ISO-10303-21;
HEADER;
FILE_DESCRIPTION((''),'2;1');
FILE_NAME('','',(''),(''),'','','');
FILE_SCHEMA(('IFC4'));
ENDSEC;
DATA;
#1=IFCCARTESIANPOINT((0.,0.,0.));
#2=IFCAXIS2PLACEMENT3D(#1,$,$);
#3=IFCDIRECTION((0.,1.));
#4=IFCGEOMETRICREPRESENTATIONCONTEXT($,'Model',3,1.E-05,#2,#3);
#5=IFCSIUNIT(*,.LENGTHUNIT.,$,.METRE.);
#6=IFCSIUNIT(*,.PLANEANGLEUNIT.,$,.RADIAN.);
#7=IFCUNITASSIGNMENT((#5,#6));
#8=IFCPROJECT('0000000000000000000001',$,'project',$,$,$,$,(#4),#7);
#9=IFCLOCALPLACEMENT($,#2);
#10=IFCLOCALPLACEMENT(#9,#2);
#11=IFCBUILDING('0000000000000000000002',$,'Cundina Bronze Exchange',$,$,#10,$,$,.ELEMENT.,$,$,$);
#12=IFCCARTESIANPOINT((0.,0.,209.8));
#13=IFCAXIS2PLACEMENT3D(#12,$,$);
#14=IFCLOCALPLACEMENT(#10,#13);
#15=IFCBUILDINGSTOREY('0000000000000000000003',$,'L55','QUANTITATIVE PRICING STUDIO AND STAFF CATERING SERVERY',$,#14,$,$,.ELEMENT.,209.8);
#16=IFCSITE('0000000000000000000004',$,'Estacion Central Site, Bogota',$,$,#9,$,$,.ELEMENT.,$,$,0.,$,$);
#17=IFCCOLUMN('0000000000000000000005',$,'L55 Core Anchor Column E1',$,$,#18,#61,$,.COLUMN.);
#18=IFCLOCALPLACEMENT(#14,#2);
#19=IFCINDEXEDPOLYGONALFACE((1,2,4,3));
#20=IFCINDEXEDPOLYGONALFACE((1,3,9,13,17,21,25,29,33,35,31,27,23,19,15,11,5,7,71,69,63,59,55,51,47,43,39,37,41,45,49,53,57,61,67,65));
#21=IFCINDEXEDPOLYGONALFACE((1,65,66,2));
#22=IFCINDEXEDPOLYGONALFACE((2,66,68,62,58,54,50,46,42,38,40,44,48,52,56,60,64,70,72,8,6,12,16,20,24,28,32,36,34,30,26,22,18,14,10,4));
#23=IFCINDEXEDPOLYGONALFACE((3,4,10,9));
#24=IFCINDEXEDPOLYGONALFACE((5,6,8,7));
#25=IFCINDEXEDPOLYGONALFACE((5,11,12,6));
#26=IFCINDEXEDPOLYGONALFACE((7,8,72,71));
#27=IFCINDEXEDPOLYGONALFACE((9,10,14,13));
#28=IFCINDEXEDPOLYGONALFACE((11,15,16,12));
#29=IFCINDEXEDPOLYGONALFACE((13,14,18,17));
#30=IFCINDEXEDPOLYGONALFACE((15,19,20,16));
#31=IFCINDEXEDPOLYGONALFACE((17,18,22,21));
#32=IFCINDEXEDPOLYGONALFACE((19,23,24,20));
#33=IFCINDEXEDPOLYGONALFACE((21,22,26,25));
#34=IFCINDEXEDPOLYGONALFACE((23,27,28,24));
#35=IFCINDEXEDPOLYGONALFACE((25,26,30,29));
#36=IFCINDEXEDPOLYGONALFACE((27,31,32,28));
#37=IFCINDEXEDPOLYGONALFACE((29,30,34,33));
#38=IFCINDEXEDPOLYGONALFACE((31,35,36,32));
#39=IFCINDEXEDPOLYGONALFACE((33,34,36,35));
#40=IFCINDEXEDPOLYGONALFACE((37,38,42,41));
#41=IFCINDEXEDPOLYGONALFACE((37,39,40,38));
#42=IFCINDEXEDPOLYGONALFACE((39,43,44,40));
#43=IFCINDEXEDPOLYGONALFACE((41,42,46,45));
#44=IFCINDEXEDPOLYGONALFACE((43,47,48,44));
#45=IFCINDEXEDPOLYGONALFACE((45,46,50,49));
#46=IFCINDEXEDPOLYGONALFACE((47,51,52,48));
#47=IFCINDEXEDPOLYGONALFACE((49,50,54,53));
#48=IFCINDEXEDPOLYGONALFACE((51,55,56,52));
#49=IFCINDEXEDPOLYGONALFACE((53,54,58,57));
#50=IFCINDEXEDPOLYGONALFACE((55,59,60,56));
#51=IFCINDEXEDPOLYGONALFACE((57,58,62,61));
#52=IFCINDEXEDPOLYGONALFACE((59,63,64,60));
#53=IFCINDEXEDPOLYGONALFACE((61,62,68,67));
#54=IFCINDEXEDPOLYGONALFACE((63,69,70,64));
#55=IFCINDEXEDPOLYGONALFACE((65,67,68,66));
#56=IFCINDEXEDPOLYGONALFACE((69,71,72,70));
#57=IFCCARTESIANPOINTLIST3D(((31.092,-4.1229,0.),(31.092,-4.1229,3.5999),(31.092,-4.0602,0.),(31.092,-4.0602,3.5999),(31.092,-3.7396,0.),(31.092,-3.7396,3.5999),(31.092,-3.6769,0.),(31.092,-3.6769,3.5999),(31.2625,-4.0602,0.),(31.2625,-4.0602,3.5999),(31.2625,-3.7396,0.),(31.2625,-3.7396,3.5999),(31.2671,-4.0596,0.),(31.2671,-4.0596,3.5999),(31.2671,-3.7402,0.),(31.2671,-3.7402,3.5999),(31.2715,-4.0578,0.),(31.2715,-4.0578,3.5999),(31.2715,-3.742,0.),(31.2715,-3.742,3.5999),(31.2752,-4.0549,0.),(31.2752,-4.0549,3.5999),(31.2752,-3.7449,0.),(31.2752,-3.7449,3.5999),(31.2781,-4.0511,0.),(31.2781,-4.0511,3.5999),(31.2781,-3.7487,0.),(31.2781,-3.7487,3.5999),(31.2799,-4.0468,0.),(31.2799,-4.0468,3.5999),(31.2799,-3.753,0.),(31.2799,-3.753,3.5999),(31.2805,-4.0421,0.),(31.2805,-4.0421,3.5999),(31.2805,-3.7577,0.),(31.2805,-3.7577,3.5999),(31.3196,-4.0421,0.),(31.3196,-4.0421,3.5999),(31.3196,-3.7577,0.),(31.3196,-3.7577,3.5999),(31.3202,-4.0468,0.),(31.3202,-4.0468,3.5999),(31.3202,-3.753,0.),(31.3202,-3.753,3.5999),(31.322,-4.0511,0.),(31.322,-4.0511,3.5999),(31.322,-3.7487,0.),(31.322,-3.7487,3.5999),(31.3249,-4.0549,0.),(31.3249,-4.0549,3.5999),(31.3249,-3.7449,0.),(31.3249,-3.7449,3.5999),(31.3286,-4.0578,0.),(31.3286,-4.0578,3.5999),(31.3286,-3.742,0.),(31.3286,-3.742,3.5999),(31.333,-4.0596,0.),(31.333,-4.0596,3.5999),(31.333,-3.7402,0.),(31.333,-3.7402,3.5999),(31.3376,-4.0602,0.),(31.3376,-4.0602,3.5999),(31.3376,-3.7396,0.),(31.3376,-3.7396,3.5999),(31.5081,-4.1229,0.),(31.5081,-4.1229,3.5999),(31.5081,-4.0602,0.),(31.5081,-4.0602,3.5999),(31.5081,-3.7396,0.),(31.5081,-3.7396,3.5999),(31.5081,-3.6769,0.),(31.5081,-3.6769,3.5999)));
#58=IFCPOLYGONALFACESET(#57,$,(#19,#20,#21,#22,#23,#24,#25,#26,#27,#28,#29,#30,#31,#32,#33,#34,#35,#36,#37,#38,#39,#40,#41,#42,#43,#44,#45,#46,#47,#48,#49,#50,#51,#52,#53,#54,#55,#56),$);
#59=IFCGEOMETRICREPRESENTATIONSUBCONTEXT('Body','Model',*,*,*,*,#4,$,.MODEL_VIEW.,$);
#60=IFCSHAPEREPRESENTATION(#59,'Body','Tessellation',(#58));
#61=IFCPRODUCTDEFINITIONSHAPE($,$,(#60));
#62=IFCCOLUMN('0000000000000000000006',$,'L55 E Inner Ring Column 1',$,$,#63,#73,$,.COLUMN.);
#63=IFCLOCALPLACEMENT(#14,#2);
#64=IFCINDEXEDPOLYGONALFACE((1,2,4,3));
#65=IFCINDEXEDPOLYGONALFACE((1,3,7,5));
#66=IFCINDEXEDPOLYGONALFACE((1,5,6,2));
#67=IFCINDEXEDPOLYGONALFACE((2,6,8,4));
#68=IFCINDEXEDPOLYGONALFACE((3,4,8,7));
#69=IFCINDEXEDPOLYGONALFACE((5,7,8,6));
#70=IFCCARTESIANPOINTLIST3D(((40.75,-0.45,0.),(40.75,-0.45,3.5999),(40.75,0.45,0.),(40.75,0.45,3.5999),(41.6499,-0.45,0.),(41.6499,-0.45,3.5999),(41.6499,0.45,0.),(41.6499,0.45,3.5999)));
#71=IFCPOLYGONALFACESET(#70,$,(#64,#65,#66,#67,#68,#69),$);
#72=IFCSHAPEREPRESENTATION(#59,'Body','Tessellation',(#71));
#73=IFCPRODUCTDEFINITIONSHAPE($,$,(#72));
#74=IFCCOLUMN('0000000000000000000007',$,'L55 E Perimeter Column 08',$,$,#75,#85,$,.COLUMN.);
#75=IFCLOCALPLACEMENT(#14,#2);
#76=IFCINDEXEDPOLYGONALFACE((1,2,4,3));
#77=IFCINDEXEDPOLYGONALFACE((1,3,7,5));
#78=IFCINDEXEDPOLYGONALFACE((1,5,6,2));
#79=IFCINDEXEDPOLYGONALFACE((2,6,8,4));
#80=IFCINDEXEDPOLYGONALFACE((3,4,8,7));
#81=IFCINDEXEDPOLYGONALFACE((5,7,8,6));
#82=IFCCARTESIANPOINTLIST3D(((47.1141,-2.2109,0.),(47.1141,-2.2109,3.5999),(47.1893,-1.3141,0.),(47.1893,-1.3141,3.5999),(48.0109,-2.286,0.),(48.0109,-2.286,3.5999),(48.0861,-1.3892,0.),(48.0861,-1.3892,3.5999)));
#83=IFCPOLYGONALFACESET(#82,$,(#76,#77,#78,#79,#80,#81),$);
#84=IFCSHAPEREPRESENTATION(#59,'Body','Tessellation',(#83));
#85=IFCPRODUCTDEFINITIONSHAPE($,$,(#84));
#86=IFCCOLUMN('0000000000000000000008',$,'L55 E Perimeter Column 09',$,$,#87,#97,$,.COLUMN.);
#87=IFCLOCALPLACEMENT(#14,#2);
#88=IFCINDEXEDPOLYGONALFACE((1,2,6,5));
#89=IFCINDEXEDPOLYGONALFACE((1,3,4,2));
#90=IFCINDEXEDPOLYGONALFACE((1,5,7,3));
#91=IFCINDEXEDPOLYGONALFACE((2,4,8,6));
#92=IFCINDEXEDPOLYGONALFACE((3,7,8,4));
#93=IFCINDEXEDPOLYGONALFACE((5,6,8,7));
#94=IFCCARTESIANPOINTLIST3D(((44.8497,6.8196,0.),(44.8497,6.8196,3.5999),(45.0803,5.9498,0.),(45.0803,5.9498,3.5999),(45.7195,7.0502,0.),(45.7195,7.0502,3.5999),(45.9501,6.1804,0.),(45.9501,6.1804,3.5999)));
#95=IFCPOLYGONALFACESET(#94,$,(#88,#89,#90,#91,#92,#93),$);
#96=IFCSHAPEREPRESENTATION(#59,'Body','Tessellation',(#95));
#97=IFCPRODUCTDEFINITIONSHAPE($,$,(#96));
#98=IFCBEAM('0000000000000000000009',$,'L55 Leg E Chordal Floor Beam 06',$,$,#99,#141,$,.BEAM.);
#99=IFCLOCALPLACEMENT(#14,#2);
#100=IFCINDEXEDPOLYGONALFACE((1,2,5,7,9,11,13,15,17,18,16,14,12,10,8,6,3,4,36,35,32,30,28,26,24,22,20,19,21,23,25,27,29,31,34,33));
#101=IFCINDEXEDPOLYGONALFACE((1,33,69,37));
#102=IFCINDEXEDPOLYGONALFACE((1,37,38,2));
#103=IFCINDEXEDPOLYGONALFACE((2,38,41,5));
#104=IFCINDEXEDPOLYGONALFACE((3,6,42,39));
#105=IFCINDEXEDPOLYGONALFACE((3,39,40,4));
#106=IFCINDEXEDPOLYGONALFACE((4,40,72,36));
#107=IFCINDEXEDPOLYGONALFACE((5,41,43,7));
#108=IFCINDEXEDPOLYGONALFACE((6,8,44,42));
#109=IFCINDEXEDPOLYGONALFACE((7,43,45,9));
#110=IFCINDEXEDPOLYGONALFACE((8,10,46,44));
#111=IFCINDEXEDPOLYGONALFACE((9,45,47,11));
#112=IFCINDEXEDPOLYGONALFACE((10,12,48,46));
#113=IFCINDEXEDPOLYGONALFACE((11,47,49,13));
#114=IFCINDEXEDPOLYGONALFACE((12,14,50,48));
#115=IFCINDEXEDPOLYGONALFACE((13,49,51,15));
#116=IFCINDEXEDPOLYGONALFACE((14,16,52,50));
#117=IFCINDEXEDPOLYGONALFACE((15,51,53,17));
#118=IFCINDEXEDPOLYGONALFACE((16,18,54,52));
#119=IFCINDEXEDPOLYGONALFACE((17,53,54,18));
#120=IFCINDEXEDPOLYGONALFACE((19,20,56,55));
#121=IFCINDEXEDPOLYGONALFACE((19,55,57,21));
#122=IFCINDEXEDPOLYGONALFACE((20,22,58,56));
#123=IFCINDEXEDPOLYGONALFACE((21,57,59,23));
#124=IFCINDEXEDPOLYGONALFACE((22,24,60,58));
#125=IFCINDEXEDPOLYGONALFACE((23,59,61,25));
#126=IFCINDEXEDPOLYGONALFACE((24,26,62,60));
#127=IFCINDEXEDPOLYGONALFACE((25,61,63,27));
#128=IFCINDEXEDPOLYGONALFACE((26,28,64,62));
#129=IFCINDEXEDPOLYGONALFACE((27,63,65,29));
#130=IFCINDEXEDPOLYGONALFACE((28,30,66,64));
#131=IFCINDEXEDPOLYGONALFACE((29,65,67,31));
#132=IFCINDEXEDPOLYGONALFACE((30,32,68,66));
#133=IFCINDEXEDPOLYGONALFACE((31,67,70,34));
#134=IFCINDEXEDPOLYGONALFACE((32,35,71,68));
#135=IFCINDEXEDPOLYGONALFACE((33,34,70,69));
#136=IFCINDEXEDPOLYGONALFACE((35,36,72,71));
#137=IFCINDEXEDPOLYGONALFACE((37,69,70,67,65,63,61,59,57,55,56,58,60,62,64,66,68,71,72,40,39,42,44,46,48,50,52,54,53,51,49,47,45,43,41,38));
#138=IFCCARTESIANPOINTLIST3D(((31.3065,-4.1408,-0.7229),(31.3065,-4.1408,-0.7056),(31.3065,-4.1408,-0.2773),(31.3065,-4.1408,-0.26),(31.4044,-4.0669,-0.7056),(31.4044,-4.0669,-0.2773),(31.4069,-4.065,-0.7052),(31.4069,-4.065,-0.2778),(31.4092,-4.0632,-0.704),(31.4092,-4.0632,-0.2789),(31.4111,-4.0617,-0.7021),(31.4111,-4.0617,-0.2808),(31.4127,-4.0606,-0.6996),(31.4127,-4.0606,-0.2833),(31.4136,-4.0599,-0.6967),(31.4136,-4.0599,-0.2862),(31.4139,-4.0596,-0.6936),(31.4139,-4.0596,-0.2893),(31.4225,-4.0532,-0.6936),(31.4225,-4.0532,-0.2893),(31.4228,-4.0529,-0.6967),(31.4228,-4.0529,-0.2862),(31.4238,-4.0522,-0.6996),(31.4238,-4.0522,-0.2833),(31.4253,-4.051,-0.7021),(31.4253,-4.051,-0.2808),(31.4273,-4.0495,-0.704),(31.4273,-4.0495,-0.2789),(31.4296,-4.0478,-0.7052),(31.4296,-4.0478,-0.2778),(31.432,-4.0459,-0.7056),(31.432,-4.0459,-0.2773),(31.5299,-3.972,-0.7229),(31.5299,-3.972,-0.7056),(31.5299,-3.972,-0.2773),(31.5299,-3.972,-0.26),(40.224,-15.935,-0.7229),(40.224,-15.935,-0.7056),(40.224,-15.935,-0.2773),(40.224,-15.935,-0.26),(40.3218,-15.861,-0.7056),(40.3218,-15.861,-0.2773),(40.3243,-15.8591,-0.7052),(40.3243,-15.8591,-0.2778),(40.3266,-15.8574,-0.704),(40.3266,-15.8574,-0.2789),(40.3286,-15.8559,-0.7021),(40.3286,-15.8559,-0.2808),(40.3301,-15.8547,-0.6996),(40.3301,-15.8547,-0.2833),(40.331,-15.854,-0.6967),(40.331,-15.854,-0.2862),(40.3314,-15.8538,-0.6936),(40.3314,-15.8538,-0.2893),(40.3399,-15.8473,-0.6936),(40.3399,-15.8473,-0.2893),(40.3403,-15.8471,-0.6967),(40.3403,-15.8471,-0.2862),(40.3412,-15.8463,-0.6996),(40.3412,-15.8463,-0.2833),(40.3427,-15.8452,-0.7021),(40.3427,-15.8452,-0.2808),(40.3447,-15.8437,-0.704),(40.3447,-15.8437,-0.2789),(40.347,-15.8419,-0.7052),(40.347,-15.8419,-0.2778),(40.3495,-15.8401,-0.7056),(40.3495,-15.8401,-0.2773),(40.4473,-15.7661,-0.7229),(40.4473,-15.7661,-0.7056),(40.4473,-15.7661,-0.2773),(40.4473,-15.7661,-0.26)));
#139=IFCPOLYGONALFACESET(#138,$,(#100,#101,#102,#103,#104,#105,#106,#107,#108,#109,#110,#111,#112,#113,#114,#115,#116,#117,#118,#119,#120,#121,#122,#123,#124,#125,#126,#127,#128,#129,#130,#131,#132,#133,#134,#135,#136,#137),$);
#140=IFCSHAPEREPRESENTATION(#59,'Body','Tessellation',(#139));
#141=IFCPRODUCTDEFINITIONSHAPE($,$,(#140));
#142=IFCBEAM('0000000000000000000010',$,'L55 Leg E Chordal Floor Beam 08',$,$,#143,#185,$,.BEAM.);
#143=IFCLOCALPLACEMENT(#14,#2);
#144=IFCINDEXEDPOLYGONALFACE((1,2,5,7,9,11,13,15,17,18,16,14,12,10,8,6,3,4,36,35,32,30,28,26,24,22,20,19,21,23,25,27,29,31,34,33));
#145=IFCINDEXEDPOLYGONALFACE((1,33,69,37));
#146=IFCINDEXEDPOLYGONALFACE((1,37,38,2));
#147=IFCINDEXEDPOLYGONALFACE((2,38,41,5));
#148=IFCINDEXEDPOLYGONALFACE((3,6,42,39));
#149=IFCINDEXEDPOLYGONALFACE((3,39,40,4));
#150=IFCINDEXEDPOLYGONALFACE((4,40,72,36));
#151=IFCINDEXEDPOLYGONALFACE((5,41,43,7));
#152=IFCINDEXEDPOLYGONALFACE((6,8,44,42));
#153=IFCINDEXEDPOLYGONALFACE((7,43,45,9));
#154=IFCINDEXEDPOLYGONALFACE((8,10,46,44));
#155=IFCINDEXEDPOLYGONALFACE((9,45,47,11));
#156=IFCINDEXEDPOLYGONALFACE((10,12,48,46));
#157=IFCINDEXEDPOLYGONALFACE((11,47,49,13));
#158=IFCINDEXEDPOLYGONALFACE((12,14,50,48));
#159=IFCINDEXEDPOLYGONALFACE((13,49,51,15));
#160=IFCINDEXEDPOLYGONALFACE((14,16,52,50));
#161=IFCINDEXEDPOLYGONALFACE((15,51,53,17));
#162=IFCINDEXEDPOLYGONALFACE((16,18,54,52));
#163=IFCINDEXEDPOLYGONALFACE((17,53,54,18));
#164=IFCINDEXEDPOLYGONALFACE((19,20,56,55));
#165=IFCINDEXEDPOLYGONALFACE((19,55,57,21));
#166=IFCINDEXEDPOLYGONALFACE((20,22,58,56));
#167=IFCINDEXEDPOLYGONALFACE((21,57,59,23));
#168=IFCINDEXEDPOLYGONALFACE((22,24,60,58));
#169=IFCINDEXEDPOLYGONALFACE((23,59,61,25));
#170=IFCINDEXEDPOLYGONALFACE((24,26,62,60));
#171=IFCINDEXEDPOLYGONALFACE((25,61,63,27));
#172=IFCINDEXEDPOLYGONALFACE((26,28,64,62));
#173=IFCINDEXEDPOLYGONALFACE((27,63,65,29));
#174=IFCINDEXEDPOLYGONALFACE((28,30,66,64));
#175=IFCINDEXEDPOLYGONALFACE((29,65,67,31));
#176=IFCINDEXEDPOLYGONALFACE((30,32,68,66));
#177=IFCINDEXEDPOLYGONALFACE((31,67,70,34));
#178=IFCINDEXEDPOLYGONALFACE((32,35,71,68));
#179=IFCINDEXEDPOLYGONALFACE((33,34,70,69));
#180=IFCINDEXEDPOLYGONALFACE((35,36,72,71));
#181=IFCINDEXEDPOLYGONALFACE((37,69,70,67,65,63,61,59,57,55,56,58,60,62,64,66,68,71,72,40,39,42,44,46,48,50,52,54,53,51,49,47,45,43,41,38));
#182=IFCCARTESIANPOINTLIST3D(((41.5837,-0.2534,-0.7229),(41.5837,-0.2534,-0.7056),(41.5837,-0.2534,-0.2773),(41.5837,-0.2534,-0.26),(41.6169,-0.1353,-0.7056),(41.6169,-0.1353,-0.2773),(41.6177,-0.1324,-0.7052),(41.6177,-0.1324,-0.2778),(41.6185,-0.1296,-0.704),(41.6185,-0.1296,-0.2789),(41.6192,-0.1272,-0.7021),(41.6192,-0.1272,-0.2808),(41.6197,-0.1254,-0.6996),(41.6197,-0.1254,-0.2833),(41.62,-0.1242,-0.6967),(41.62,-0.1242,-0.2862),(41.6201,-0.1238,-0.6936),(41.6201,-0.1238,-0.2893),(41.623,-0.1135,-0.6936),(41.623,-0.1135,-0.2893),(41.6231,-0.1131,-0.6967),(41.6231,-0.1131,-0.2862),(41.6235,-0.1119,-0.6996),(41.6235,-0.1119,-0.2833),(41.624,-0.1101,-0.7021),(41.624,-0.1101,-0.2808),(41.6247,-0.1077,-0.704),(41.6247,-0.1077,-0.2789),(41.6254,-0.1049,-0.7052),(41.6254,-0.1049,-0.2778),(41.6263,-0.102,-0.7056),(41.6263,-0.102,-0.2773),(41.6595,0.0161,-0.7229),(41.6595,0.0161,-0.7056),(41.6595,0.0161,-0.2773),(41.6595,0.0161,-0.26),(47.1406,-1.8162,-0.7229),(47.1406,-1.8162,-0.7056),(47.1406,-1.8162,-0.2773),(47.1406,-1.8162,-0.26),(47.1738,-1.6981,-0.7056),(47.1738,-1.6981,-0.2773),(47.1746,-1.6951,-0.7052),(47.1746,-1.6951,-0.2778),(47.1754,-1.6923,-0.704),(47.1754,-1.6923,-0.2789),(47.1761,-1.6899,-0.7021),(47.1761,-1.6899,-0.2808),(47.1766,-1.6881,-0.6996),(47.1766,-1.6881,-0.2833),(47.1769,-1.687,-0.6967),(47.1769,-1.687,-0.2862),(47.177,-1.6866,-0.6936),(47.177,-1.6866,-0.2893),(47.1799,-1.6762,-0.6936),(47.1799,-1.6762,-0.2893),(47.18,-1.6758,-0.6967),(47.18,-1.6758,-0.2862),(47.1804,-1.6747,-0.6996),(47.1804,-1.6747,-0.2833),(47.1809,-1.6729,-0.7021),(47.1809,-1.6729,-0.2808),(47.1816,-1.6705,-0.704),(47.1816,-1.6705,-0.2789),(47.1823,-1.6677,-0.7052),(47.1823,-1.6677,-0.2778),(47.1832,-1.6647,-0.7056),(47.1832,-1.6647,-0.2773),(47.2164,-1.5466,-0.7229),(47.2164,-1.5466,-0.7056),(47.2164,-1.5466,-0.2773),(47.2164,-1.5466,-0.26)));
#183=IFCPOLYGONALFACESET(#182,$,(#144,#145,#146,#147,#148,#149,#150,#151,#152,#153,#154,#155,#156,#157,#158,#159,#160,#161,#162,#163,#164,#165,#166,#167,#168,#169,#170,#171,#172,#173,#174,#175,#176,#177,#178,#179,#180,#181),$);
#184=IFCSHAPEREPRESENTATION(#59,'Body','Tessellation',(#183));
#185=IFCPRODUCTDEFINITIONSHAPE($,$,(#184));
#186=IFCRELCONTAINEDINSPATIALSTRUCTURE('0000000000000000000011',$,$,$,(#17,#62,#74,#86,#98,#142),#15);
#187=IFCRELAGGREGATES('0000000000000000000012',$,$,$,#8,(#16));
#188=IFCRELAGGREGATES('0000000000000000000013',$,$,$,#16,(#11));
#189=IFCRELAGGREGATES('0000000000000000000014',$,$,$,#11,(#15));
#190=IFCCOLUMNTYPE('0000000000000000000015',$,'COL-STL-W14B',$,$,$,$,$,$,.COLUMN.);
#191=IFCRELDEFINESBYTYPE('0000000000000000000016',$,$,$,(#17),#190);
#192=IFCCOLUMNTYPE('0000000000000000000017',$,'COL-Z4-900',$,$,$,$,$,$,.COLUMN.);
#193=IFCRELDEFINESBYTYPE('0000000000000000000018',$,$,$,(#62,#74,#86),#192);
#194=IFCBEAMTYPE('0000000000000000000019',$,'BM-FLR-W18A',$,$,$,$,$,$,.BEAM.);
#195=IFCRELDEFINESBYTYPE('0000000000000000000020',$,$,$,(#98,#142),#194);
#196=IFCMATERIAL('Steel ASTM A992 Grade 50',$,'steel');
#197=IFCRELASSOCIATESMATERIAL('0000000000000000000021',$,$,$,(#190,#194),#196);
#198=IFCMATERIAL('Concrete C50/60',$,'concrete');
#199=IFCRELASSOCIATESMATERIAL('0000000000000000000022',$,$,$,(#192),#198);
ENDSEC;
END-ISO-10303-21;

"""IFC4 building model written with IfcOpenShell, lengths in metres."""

from ifc_helpers import new_model, si_unit, direction, frame, origin, origin_2d, place, context, subcontext, project, spatial, rectangle, i_section, extrude, material, material_profile, profile_set, type_object, element, save


model = new_model("IFC4")

# Units and contexts
model_context = context("Model", 3, precision=1e-05, world=origin(), true_north=direction((0.0, 1.0)))
body_context = subcontext(model_context, "Body", "Model", "MODEL_VIEW")
ifc_project = project(units=[si_unit("LENGTHUNIT", "METRE"), si_unit("PLANEANGLEUNIT", "RADIAN")], contexts=[model_context])

# Site, building, storey
site_placement = place(None, origin())
site = spatial("IfcSite", under=ifc_project, at=site_placement, Name="Estacion Central Site, Bogota", CompositionType="ELEMENT", RefElevation=0.0)
building_placement = place(site_placement, origin())
building = spatial("IfcBuilding", under=site, at=building_placement, Name="Cundina Bronze Exchange", CompositionType="ELEMENT")
storey_placement = place(building_placement, frame((0.0, 0.0, 209.8)))
storey = spatial("IfcBuildingStorey", under=building, at=storey_placement, Name="L55", Description="QUANTITATIVE PRICING STUDIO AND STAFF CATERING SERVERY", CompositionType="ELEMENT", Elevation=209.8)

# Columns
ifc_material_1 = material(Name="Steel ASTM A992 Grade 50", Category="steel")
ifc_material_profile_1 = material_profile(ifc_material_1, i_section(OverallWidth=0.416, OverallDepth=0.446, WebThickness=0.0391, FlangeThickness=0.0627, FilletRadius=0.0181, at=origin_2d()), Name="W14X342", Category="steel")
ifc_profile_set_1 = profile_set([ifc_material_profile_1], Name="Steel ASTM A992 Grade 50")
column_type_1 = type_object("IfcColumnType", Name="COL-STL-W14B", PredefinedType="COLUMN", material=ifc_profile_set_1)
column_placement = place(storey_placement, frame((31.3, -3.8999, 0.0), z_axis=(0.0, 0.0, 1.0), x_axis=(1.0, 0.0, 0.0)))
element("IfcColumn", 1, at=column_placement, inside=storey, type_object=column_type_1, Name="L55 Core Anchor Column E1", PredefinedType="COLUMN", context=body_context, shape_type="SweptSolid", body=[
    extrude(i_section(OverallWidth=0.416, OverallDepth=0.446, WebThickness=0.0391, FlangeThickness=0.0627, FilletRadius=0.0181, at=origin_2d()), origin(), (0.0, 0.0, 1.0), 3.5999),
])
ifc_material_2 = material(Name="Concrete C50/60", Category="concrete")
ifc_material_profile_2 = material_profile(ifc_material_2, rectangle(XDim=0.8999, YDim=0.8999, at=origin_2d()), Name="RC900X900", Category="concrete")
ifc_profile_set_2 = profile_set([ifc_material_profile_2], Name="Concrete C50/60")
column_type_2 = type_object("IfcColumnType", Name="COL-Z4-900", PredefinedType="COLUMN", material=ifc_profile_set_2)
for number, where, z_axis, x_axis, name in (
    (2, (41.2, 0.0, 0.0), (0.0, 0.0, 1.0), (1.0, 0.0, 0.0), "L55 E Inner Ring Column 1"),
    (3, (47.6001, -1.8, 0.0), (0.0, 0.0, 1.0), (0.083504, 0.996507, 0.0), "L55 E Perimeter Column 08"),
    (4, (45.3999, 6.5, 0.0), (0.0, 0.0, 1.0), (-0.256289, 0.9666, 0.0), "L55 E Perimeter Column 09"),
):
    element("IfcColumn", number, at=place(storey_placement, frame(where, z_axis=z_axis, x_axis=x_axis)), inside=storey, type_object=column_type_2, Name=name, PredefinedType="COLUMN", context=body_context, shape_type="SweptSolid", body=[
        extrude(rectangle(XDim=0.8999, YDim=0.8999, at=origin_2d()), origin(), (0.0, 0.0, 1.0), 3.5999),
    ])

# Beams
ifc_material_profile_3 = material_profile(ifc_material_1, i_section(OverallWidth=0.28, OverallDepth=0.4629, WebThickness=0.0107, FlangeThickness=0.0173, FilletRadius=0.012, at=origin_2d()), Name="W18X76", Category="steel")
ifc_profile_set_3 = profile_set([ifc_material_profile_3], Name="Steel ASTM A992 Grade 50")
beam_type_1 = type_object("IfcBeamType", Name="BM-FLR-W18A", PredefinedType="BEAM", material=ifc_profile_set_3)
beam_1_placement = place(storey_placement, frame((31.4182, -4.0564, -0.4915), z_axis=(0.603105, -0.797662, 0.0), x_axis=(0.797662, 0.603105, 0.0)))
element("IfcBeam", 5, at=beam_1_placement, inside=storey, type_object=beam_type_1, Name="L55 Leg E Chordal Floor Beam 06", PredefinedType="BEAM", context=body_context, shape_type="SweptSolid", body=[
    extrude(i_section(OverallWidth=0.28, OverallDepth=0.4629, WebThickness=0.0107, FlangeThickness=0.0173, FilletRadius=0.012, at=origin_2d()), origin(), (0.0, 0.0, 1.0), 14.7859),
])
beam_2_placement = place(storey_placement, frame((41.6216, -0.1187, -0.4915), z_axis=(0.962657, -0.270725, 0.0), x_axis=(0.270725, 0.962657, 0.0)))
element("IfcBeam", 6, at=beam_2_placement, inside=storey, type_object=beam_type_1, Name="L55 Leg E Chordal Floor Beam 08", PredefinedType="BEAM", context=body_context, shape_type="SweptSolid", body=[
    extrude(i_section(OverallWidth=0.28, OverallDepth=0.4629, WebThickness=0.0107, FlangeThickness=0.0173, FilletRadius=0.012, at=origin_2d()), origin(), (0.0, 0.0, 1.0), 5.7725),
])

save(model, "model.ifc")
